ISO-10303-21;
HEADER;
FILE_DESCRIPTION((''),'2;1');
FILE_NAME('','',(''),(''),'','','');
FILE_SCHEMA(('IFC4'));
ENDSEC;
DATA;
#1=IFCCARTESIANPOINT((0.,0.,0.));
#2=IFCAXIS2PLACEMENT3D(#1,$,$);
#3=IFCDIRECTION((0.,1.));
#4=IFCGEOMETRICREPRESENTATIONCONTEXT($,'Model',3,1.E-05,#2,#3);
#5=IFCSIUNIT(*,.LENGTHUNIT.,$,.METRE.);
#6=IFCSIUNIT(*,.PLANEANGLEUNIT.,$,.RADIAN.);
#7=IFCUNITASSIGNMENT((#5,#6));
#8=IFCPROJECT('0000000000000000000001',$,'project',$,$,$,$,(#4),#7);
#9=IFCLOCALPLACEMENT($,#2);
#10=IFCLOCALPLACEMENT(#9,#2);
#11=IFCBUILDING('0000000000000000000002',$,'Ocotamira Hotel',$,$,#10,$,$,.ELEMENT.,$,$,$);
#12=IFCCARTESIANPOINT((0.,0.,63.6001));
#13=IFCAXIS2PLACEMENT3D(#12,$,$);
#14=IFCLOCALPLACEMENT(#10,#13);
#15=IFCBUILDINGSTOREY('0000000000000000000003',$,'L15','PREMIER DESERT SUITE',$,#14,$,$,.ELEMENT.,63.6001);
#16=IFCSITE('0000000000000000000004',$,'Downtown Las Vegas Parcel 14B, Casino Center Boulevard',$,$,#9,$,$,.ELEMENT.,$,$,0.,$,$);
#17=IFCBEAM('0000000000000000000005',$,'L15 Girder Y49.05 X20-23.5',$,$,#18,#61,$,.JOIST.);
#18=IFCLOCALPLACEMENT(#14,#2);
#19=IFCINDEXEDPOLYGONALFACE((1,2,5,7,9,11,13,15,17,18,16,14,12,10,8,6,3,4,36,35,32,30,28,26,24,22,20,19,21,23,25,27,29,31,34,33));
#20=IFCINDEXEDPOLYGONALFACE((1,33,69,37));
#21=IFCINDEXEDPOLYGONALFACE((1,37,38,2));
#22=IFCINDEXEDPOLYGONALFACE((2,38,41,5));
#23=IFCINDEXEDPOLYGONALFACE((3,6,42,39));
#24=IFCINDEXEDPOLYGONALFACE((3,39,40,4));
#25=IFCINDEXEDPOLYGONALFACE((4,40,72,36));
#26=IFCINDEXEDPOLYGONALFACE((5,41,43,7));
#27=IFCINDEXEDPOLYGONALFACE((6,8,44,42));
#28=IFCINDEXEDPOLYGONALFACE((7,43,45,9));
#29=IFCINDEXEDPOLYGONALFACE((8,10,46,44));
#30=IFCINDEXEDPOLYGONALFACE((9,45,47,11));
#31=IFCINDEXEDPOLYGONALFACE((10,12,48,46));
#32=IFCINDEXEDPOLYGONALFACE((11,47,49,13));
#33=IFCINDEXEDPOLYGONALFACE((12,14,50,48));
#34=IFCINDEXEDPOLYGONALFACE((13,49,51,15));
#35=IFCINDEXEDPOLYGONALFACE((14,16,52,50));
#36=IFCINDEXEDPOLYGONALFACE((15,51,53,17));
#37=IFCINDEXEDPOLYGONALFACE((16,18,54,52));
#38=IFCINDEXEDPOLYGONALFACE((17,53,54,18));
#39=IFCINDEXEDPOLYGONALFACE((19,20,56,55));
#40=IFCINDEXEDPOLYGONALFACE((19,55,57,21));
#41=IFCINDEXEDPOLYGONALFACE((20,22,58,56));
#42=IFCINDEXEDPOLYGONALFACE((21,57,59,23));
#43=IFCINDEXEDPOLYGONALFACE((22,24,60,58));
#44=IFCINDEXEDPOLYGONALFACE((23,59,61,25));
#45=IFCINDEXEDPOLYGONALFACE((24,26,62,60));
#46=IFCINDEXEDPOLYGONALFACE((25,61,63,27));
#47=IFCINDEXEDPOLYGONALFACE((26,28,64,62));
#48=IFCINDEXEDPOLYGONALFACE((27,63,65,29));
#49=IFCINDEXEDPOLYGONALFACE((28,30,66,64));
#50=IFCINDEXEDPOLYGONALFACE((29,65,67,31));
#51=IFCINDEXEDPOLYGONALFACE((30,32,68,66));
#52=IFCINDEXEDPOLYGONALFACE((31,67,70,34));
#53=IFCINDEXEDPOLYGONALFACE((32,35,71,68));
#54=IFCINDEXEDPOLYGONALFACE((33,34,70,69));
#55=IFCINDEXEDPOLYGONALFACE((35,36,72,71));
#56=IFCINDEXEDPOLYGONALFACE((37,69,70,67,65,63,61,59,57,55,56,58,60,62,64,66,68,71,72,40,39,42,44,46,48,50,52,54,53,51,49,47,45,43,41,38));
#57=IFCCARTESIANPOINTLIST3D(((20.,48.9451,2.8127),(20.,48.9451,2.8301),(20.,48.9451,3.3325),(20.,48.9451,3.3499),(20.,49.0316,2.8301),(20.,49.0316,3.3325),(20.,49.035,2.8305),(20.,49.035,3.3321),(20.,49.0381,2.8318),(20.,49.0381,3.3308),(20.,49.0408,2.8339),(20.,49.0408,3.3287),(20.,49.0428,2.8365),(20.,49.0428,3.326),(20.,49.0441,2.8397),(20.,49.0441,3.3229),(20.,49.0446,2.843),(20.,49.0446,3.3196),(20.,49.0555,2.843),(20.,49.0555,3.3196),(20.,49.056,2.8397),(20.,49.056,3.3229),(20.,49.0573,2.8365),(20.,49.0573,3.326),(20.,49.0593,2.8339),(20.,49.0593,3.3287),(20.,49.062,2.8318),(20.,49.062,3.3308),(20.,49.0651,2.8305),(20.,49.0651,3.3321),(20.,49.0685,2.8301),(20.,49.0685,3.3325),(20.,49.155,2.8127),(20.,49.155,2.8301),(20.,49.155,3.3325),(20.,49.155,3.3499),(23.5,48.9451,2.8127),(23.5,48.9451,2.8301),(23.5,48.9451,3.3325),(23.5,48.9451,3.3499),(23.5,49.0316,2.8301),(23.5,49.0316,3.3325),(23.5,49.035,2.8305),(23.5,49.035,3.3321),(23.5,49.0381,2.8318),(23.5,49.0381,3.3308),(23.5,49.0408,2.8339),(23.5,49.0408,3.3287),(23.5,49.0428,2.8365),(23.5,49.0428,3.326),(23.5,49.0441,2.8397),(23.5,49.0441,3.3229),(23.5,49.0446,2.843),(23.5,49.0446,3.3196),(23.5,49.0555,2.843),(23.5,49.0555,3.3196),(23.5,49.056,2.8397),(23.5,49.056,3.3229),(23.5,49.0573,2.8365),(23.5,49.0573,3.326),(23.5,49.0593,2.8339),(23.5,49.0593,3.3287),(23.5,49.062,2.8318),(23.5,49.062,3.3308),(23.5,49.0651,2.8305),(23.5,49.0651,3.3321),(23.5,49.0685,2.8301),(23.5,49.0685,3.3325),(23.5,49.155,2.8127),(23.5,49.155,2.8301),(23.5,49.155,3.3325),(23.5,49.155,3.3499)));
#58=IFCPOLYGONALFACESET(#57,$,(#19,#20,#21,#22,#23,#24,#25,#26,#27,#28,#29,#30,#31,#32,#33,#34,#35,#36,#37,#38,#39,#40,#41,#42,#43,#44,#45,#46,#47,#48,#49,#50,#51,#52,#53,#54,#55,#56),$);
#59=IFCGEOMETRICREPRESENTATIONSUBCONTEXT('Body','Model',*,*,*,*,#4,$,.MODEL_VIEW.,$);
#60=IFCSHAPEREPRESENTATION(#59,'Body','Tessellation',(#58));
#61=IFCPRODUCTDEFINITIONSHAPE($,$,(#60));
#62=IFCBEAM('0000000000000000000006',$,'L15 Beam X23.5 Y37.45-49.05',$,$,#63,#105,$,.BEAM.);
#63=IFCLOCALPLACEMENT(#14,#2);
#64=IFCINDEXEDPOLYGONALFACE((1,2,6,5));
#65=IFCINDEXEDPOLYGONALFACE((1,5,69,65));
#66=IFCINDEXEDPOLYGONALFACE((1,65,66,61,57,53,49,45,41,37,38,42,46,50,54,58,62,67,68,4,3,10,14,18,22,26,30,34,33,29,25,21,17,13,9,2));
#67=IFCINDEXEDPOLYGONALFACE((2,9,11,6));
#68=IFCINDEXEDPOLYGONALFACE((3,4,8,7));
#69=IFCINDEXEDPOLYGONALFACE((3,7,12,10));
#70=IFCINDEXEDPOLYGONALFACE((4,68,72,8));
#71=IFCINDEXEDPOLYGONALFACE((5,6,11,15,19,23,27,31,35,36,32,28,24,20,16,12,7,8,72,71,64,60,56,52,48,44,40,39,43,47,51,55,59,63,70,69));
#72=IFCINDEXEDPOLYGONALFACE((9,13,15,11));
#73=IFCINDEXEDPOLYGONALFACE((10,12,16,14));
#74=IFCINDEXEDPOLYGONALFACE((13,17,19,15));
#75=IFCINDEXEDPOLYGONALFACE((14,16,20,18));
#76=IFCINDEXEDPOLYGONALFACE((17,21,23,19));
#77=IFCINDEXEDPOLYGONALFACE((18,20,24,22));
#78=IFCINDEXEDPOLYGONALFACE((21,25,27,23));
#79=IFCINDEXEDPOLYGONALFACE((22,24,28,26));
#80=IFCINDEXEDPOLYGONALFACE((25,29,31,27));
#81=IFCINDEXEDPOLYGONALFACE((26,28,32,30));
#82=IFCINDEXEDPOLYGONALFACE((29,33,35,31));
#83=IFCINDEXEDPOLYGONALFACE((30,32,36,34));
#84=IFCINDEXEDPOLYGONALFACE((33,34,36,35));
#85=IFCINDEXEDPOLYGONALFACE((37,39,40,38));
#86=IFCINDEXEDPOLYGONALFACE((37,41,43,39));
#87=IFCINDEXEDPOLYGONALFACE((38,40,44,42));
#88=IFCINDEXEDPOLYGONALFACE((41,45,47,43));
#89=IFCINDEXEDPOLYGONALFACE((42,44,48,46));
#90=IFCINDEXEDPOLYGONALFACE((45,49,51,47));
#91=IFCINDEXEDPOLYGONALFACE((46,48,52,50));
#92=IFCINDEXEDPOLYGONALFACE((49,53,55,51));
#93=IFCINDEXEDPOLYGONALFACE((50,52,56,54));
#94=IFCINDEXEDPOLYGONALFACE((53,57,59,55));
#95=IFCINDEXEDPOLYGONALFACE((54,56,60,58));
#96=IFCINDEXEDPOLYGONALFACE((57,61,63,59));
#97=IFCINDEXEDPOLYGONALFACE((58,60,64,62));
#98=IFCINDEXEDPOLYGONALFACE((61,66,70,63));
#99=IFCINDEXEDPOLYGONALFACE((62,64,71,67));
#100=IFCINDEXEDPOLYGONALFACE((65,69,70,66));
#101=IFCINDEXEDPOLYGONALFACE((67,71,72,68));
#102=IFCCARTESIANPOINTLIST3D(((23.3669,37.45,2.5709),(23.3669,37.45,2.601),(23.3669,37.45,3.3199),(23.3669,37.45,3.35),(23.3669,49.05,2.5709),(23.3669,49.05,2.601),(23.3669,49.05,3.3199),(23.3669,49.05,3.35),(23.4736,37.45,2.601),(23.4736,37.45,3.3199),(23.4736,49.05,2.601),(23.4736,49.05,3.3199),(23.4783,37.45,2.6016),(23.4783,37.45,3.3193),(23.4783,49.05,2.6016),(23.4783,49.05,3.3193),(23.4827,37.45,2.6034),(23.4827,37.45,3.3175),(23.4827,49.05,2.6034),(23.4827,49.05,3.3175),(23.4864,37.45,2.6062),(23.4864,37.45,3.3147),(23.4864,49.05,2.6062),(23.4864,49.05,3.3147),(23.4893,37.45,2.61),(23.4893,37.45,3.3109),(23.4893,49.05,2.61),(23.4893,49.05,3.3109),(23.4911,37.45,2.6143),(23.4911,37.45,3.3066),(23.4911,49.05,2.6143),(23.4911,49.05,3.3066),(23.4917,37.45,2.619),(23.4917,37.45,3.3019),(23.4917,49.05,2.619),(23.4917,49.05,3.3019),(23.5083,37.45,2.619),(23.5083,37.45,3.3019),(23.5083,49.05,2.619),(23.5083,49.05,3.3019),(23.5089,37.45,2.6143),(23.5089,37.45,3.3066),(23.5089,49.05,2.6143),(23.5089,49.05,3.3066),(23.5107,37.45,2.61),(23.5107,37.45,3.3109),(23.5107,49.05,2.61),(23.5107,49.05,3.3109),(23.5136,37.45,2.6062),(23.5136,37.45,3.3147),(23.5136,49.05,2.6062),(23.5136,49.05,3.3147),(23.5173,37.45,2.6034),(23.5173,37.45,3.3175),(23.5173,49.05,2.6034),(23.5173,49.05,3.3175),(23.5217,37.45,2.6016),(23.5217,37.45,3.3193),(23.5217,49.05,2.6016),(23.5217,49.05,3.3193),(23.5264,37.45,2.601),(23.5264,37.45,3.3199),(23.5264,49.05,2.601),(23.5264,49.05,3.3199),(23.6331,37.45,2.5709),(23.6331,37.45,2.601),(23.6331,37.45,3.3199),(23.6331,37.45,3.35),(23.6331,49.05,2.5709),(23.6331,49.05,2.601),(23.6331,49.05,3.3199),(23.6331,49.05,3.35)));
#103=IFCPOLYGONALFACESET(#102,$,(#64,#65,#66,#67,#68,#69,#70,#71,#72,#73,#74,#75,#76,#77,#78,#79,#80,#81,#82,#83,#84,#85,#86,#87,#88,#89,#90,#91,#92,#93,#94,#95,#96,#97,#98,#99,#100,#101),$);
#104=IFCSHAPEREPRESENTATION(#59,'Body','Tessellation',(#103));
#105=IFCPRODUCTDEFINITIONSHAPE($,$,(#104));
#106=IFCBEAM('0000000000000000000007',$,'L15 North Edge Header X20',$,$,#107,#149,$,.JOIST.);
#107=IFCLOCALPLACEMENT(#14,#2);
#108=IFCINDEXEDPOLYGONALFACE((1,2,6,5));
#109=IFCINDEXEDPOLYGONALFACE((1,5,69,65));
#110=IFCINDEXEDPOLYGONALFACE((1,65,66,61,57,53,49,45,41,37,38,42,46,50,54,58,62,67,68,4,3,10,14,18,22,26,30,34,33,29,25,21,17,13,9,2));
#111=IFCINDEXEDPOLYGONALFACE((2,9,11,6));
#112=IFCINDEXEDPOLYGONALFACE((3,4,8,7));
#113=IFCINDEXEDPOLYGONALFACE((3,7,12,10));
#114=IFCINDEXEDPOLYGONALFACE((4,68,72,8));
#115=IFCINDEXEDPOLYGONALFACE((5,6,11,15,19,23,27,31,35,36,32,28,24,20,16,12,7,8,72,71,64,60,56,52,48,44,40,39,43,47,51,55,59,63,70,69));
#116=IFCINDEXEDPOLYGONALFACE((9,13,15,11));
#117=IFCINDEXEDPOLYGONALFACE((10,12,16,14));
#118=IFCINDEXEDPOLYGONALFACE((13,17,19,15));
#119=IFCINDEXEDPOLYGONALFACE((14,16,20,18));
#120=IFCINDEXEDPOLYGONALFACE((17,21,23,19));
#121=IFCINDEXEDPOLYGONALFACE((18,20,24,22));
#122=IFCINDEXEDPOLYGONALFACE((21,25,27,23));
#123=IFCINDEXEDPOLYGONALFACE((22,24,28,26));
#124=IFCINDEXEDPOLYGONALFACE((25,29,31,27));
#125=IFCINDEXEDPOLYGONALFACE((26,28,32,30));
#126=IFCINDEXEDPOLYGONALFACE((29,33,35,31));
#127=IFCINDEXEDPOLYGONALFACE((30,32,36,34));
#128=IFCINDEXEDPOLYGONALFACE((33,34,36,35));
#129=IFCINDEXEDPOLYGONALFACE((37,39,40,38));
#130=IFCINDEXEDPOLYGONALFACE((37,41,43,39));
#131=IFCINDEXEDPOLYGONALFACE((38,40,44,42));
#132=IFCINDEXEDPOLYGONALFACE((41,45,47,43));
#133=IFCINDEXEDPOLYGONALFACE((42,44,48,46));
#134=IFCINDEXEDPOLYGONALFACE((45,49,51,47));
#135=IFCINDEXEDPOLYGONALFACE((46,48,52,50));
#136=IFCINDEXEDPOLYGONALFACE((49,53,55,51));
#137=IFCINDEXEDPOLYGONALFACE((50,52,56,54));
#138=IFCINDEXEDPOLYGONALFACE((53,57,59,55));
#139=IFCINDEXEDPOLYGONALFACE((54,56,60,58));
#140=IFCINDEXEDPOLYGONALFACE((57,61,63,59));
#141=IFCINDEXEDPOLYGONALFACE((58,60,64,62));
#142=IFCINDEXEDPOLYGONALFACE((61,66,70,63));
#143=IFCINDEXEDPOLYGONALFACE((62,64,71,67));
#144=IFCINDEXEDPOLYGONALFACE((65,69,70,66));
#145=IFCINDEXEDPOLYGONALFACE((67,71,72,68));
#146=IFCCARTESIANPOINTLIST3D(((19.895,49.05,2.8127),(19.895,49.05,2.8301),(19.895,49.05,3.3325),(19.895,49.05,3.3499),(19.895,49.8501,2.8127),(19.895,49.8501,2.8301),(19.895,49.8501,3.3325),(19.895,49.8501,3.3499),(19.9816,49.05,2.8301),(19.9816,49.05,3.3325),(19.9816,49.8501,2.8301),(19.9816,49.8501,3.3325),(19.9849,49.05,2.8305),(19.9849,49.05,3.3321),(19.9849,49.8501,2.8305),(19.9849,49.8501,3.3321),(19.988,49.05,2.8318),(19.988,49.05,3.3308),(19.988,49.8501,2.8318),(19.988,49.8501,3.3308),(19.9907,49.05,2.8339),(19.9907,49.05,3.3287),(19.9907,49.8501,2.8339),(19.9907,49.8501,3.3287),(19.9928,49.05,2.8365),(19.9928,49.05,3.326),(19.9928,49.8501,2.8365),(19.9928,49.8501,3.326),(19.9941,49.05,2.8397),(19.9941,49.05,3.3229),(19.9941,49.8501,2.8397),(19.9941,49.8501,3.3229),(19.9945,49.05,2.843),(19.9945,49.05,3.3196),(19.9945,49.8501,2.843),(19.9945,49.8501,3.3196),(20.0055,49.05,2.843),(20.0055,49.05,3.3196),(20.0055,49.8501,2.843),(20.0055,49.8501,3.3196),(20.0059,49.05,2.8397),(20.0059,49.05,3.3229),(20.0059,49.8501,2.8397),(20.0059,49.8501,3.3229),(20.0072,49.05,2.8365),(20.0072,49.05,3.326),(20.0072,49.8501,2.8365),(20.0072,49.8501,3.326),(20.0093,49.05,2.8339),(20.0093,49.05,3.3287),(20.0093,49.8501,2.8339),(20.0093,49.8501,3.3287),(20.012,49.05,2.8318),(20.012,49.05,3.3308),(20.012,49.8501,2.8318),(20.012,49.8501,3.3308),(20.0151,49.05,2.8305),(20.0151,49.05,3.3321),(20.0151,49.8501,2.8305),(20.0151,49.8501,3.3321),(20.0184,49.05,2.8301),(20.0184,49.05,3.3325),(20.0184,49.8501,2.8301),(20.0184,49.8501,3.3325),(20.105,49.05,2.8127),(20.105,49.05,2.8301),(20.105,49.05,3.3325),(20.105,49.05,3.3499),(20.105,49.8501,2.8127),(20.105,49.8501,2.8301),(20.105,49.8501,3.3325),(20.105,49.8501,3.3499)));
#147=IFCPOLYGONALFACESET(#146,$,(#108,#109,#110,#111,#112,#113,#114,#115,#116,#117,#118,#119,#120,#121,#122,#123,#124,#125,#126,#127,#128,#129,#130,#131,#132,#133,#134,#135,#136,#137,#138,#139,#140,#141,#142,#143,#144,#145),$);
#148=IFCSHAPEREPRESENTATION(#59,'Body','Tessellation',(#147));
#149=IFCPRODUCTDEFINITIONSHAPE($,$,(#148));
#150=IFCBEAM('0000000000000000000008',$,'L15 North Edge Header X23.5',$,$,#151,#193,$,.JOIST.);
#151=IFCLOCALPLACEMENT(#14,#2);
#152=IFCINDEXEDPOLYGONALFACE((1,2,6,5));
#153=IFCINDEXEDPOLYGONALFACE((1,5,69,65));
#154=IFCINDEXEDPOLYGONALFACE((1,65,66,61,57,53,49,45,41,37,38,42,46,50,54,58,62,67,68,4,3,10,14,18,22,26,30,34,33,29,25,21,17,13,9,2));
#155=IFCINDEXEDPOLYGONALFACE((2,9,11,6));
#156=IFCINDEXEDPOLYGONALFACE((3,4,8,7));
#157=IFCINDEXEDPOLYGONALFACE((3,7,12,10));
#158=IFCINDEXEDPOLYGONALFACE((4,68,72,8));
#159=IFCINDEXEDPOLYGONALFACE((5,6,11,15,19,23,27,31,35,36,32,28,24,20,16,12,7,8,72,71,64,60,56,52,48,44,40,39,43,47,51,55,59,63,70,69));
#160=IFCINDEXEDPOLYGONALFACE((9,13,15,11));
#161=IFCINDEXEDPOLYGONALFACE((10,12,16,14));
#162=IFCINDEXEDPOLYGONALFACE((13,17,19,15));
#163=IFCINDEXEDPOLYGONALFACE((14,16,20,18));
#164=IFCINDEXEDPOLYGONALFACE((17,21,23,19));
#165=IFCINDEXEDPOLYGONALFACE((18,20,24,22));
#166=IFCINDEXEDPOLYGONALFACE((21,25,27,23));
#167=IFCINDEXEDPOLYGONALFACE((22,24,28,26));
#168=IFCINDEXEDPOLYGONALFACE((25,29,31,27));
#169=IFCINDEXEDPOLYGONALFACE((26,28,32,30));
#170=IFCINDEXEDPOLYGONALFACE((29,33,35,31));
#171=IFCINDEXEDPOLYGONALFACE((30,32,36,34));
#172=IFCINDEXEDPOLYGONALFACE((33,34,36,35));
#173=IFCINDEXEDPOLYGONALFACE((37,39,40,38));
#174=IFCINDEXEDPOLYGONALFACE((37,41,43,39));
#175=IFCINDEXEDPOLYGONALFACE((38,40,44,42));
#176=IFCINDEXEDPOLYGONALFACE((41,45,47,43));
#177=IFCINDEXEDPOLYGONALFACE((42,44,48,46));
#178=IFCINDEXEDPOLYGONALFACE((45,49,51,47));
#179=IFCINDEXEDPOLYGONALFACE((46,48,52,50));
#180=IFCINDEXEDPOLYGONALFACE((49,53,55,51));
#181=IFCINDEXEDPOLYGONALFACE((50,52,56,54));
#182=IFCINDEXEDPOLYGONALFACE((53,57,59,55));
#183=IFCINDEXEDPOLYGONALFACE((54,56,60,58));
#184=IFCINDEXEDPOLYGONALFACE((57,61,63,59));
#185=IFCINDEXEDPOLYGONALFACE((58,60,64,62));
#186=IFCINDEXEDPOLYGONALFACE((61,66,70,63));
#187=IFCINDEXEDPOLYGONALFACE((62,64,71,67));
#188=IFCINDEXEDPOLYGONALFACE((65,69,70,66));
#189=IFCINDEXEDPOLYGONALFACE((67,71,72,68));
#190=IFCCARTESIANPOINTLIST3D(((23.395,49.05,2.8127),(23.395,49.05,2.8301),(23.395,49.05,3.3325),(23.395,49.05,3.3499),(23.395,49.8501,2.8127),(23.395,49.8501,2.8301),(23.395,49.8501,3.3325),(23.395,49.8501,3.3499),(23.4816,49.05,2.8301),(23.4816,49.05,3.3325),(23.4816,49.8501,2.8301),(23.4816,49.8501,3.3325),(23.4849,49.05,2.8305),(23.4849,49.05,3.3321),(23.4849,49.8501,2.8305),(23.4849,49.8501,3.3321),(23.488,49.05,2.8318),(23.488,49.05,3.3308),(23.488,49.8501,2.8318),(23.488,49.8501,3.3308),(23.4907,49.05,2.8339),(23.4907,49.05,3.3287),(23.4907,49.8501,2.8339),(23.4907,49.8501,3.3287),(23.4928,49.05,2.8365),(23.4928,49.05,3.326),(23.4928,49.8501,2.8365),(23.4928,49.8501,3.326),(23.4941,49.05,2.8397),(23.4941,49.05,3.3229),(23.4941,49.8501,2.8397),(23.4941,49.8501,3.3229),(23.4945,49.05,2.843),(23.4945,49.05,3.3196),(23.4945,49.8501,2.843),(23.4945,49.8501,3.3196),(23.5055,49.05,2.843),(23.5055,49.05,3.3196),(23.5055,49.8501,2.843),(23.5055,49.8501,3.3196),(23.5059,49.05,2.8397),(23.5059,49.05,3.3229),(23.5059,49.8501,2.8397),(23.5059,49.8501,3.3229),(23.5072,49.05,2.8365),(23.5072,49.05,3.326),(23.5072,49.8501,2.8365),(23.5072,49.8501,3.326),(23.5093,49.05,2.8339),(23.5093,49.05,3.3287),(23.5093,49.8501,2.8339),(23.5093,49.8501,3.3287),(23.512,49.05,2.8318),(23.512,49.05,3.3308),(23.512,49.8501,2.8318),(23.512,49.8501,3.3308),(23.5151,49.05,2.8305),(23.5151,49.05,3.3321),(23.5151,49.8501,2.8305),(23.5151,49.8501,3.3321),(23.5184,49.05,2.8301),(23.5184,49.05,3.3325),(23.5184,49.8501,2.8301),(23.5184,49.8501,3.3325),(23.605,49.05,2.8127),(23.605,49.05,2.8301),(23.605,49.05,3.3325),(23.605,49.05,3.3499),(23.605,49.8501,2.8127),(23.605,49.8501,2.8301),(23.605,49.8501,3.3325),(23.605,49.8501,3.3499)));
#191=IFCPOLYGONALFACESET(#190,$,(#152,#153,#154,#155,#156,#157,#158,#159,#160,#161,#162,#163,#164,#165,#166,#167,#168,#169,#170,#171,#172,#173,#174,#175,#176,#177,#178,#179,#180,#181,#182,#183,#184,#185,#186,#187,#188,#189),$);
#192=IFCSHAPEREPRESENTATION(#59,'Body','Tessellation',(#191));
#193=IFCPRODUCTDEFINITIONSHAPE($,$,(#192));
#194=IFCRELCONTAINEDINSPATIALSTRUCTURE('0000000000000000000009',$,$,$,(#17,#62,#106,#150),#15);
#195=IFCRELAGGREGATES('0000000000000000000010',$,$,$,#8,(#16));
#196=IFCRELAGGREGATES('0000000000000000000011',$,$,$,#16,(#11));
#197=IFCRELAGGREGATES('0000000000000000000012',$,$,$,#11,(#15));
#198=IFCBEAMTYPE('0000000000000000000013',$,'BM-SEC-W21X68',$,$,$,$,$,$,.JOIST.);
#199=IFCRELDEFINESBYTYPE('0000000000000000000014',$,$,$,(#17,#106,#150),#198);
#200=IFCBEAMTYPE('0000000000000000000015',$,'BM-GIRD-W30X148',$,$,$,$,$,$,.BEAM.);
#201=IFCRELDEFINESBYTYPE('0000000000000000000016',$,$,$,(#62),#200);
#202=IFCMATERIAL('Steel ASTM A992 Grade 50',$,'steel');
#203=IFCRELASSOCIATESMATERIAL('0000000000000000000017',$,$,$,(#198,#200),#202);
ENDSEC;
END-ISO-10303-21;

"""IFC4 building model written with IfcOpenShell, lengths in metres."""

from ifc_helpers import new_model, si_unit, direction, frame, origin, origin_2d, place, context, subcontext, project, spatial, i_section, extrude, source, transform, mapped, material, material_profile, profile_set, type_object, element, save


model = new_model("IFC4")

# Units and contexts
model_context = context("Model", 3, precision=1e-05, world=origin(), true_north=direction((0.0, 1.0)))
body_context = subcontext(model_context, "Body", "Model", "MODEL_VIEW")
ifc_project = project(units=[si_unit("LENGTHUNIT", "METRE"), si_unit("PLANEANGLEUNIT", "RADIAN")], contexts=[model_context])

# Site, building, storey
site_placement = place(None, origin())
site = spatial("IfcSite", under=ifc_project, at=site_placement, Name="Downtown Las Vegas Parcel 14B, Casino Center Boulevard", CompositionType="ELEMENT", RefElevation=0.0)
building_placement = place(site_placement, origin())
building = spatial("IfcBuilding", under=site, at=building_placement, Name="Ocotamira Hotel", CompositionType="ELEMENT")
storey_placement = place(building_placement, frame((0.0, 0.0, 63.6001)))
storey = spatial("IfcBuildingStorey", under=building, at=storey_placement, Name="L15", Description="PREMIER DESERT SUITE", CompositionType="ELEMENT", Elevation=63.6001)

# Beams
ifc_material_1 = material(Name="Steel ASTM A992 Grade 50", Category="steel")
ifc_material_profile_1 = material_profile(ifc_material_1, i_section(OverallWidth=0.21, OverallDepth=0.5371, WebThickness=0.011, FlangeThickness=0.0173, FilletRadius=0.0129, at=origin_2d()), Name="W21X68")
ifc_profile_set_1 = profile_set([ifc_material_profile_1], Name="Steel ASTM A992 Grade 50")
beam_type_1 = type_object("IfcBeamType", Name="BM-SEC-W21X68", PredefinedType="JOIST", material=ifc_profile_set_1)
shared_shape_1 = source(origin(), body_context, "Body", "SweptSolid", [
    extrude(i_section(OverallWidth=0.21, OverallDepth=0.5371, WebThickness=0.011, FlangeThickness=0.0173, FilletRadius=0.0129, at=origin_2d()), origin(), (0.0, 0.0, 1.0), 3.5),
])
beam_1_placement = place(storey_placement, frame((20.0, 49.05, 3.0813), z_axis=(1.0, 0.0, 0.0), x_axis=(0.0, 1.0, 0.0)))
element("IfcBeam", 1, at=beam_1_placement, inside=storey, type_object=beam_type_1, Name="L15 Girder Y49.05 X20-23.5", PredefinedType="JOIST", context=body_context, shape_type="MappedRepresentation", body=[
    mapped(shared_shape_1, transform((0.0, 0.0, 0.0), scale=1.0)),
])
ifc_material_profile_2 = material_profile(ifc_material_1, i_section(OverallWidth=0.2661, OverallDepth=0.7791, WebThickness=0.0166, FlangeThickness=0.03, FilletRadius=0.0181, at=origin_2d()), Name="W30X148")
ifc_profile_set_2 = profile_set([ifc_material_profile_2], Name="Steel ASTM A992 Grade 50")
beam_type_2 = type_object("IfcBeamType", Name="BM-GIRD-W30X148", PredefinedType="BEAM", material=ifc_profile_set_2)
shared_shape_2 = source(origin(), body_context, "Body", "SweptSolid", [
    extrude(i_section(OverallWidth=0.2661, OverallDepth=0.7791, WebThickness=0.0166, FlangeThickness=0.03, FilletRadius=0.0181, at=origin_2d()), origin(), (0.0, 0.0, 1.0), 11.6001),
])
beam_2_placement = place(storey_placement, frame((23.5, 37.45, 2.9604), z_axis=(0.0, 1.0, 0.0), x_axis=(-1.0, 0.0, 0.0)))
element("IfcBeam", 2, at=beam_2_placement, inside=storey, type_object=beam_type_2, Name="L15 Beam X23.5 Y37.45-49.05", PredefinedType="BEAM", context=body_context, shape_type="MappedRepresentation", body=[
    mapped(shared_shape_2, transform((0.0, 0.0, 0.0), scale=1.0)),
])
shared_shape_3 = source(origin(), body_context, "Body", "SweptSolid", [
    extrude(i_section(OverallWidth=0.21, OverallDepth=0.5371, WebThickness=0.011, FlangeThickness=0.0173, FilletRadius=0.0129, at=origin_2d()), origin(), (0.0, 0.0, 1.0), 0.8),
])
for number, where, z_axis, x_axis, name in (
    (3, (20.0, 49.05, 3.0813), (0.0, 1.0, 0.0), (-1.0, 0.0, 0.0), "L15 North Edge Header X20"),
    (4, (23.5, 49.05, 3.0813), (0.0, 1.0, 0.0), (-1.0, 0.0, 0.0), "L15 North Edge Header X23.5"),
):
    element("IfcBeam", number, at=place(storey_placement, frame(where, z_axis=z_axis, x_axis=x_axis)), inside=storey, type_object=beam_type_1, Name=name, PredefinedType="JOIST", context=body_context, shape_type="MappedRepresentation", body=[
        mapped(shared_shape_3, transform((0.0, 0.0, 0.0), scale=1.0)),
    ])

save(model, "model.ifc")
